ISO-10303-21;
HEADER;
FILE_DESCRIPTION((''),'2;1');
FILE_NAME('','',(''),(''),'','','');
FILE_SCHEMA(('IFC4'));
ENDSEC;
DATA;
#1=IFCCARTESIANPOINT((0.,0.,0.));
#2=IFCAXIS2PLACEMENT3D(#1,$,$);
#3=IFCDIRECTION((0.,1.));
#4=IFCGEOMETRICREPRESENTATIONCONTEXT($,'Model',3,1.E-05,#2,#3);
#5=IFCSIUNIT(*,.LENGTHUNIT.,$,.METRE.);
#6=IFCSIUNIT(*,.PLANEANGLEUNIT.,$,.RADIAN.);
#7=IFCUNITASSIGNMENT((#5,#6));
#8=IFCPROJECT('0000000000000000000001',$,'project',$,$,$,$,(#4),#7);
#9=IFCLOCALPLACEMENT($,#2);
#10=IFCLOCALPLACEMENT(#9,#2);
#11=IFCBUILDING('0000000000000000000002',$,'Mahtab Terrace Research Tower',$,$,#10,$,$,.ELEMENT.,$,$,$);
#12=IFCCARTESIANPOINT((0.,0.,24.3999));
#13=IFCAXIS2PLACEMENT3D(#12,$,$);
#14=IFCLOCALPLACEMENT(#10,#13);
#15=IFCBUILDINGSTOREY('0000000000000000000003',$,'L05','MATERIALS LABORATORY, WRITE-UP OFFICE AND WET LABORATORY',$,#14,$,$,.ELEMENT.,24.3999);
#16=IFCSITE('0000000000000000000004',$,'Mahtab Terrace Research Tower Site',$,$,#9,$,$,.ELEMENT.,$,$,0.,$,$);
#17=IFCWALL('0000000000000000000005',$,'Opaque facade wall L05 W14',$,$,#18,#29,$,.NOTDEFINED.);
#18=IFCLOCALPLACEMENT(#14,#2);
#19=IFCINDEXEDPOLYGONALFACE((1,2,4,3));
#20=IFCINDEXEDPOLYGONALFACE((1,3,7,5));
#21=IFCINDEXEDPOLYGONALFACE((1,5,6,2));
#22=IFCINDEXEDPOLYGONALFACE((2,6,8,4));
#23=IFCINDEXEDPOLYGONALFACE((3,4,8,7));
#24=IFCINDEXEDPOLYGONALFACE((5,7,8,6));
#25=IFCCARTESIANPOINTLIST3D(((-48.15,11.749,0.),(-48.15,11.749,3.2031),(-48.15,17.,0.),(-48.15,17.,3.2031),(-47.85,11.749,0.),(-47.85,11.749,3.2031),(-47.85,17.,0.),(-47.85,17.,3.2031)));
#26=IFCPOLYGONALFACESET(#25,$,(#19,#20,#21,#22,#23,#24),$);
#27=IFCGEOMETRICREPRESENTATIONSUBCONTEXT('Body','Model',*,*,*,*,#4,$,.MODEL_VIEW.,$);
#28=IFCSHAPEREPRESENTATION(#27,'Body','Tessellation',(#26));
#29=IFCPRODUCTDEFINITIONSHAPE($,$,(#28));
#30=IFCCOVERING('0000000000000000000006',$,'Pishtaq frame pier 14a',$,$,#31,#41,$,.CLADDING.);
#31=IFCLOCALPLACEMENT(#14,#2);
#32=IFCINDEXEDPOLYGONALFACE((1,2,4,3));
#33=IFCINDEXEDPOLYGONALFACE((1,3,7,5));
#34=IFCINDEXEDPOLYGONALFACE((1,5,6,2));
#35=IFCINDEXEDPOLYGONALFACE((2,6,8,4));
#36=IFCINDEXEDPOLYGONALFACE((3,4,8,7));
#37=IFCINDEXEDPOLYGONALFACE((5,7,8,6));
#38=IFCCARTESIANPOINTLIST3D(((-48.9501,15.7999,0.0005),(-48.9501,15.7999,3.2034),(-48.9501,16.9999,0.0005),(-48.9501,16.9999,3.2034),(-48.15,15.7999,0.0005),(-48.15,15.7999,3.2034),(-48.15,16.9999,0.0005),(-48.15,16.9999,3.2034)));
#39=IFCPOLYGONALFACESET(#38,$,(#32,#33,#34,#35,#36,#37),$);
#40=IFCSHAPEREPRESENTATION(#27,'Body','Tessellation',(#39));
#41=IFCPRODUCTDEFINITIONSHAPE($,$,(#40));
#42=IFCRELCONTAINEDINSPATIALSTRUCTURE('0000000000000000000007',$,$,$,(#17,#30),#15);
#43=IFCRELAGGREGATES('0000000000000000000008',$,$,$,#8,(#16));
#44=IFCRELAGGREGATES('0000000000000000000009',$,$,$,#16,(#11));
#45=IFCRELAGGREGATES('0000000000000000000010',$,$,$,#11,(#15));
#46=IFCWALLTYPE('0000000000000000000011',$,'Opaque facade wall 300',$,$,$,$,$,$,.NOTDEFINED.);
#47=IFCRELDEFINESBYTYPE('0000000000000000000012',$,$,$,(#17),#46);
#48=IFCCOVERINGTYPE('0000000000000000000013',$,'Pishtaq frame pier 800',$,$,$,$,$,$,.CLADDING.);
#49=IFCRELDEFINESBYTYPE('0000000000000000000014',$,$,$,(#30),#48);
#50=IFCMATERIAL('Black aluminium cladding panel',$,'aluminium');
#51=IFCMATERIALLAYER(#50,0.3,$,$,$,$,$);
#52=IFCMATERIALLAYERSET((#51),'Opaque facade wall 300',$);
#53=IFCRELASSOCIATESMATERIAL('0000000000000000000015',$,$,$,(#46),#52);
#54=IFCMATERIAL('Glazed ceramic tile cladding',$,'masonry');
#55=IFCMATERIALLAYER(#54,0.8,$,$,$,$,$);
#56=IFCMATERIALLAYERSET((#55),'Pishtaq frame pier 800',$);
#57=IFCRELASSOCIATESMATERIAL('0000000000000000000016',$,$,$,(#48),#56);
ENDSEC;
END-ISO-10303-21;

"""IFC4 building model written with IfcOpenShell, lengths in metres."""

from ifc_helpers import new_model, si_unit, direction, frame, frame_2d, origin, origin_2d, place, context, subcontext, project, spatial, rectangle, extrude, material, layer, layer_set, type_object, element, save


model = new_model("IFC4")

# Units and contexts
model_context = context("Model", 3, precision=1e-05, world=origin(), true_north=direction((0.0, 1.0)))
body_context = subcontext(model_context, "Body", "Model", "MODEL_VIEW")
ifc_project = project(units=[si_unit("LENGTHUNIT", "METRE"), si_unit("PLANEANGLEUNIT", "RADIAN")], contexts=[model_context])

# Site, building, storey
site_placement = place(None, origin())
site = spatial("IfcSite", under=ifc_project, at=site_placement, Name="Mahtab Terrace Research Tower Site", CompositionType="ELEMENT", RefElevation=0.0)
building_placement = place(site_placement, origin())
building = spatial("IfcBuilding", under=site, at=building_placement, Name="Mahtab Terrace Research Tower", CompositionType="ELEMENT")
storey_placement = place(building_placement, frame((0.0, 0.0, 24.3999)))
storey = spatial("IfcBuildingStorey", under=building, at=storey_placement, Name="L05", Description="MATERIALS LABORATORY, WRITE-UP OFFICE AND WET LABORATORY", CompositionType="ELEMENT", Elevation=24.3999)

# Wall
ifc_material_1 = material(Name="Black aluminium cladding panel", Category="aluminium")
ifc_layer_1 = layer(ifc_material_1, 0.3)
ifc_layer_set_1 = layer_set([ifc_layer_1], Name="Opaque facade wall 300")
wall_type = type_object("IfcWallType", Name="Opaque facade wall 300", PredefinedType="NOTDEFINED", material=ifc_layer_set_1)
wall_placement = place(storey_placement, frame((-48.0, 17.0, 0.0), z_axis=(0.0, 0.0, 1.0), x_axis=(0.0, -1.0, 0.0)))
element("IfcWall", 1, at=wall_placement, inside=storey, type_object=wall_type, Name="Opaque facade wall L05 W14", PredefinedType="NOTDEFINED", context=body_context, shape_type="SweptSolid", body=[
    extrude(rectangle(XDim=5.251, YDim=0.3, at=frame_2d((2.6255, 0.0))), origin(), (0.0, 0.0, 1.0), 3.2031),
])

# Covering
ifc_material_2 = material(Name="Glazed ceramic tile cladding", Category="masonry")
ifc_layer_2 = layer(ifc_material_2, 0.8)
ifc_layer_set_2 = layer_set([ifc_layer_2], Name="Pishtaq frame pier 800")
covering_type = type_object("IfcCoveringType", Name="Pishtaq frame pier 800", PredefinedType="CLADDING", material=ifc_layer_set_2)
covering_placement = place(storey_placement, frame((-48.55, 16.3999, 0.0005), z_axis=(0.0, 0.0, 1.0), x_axis=(0.0, -1.0, 0.0)))
element("IfcCovering", 2, at=covering_placement, inside=storey, type_object=covering_type, Name="Pishtaq frame pier 14a", PredefinedType="CLADDING", context=body_context, shape_type="SweptSolid", body=[
    extrude(rectangle(XDim=1.2, YDim=0.8, at=origin_2d()), origin(), (0.0, 0.0, 1.0), 3.2029),
])

save(model, "model.ifc")
